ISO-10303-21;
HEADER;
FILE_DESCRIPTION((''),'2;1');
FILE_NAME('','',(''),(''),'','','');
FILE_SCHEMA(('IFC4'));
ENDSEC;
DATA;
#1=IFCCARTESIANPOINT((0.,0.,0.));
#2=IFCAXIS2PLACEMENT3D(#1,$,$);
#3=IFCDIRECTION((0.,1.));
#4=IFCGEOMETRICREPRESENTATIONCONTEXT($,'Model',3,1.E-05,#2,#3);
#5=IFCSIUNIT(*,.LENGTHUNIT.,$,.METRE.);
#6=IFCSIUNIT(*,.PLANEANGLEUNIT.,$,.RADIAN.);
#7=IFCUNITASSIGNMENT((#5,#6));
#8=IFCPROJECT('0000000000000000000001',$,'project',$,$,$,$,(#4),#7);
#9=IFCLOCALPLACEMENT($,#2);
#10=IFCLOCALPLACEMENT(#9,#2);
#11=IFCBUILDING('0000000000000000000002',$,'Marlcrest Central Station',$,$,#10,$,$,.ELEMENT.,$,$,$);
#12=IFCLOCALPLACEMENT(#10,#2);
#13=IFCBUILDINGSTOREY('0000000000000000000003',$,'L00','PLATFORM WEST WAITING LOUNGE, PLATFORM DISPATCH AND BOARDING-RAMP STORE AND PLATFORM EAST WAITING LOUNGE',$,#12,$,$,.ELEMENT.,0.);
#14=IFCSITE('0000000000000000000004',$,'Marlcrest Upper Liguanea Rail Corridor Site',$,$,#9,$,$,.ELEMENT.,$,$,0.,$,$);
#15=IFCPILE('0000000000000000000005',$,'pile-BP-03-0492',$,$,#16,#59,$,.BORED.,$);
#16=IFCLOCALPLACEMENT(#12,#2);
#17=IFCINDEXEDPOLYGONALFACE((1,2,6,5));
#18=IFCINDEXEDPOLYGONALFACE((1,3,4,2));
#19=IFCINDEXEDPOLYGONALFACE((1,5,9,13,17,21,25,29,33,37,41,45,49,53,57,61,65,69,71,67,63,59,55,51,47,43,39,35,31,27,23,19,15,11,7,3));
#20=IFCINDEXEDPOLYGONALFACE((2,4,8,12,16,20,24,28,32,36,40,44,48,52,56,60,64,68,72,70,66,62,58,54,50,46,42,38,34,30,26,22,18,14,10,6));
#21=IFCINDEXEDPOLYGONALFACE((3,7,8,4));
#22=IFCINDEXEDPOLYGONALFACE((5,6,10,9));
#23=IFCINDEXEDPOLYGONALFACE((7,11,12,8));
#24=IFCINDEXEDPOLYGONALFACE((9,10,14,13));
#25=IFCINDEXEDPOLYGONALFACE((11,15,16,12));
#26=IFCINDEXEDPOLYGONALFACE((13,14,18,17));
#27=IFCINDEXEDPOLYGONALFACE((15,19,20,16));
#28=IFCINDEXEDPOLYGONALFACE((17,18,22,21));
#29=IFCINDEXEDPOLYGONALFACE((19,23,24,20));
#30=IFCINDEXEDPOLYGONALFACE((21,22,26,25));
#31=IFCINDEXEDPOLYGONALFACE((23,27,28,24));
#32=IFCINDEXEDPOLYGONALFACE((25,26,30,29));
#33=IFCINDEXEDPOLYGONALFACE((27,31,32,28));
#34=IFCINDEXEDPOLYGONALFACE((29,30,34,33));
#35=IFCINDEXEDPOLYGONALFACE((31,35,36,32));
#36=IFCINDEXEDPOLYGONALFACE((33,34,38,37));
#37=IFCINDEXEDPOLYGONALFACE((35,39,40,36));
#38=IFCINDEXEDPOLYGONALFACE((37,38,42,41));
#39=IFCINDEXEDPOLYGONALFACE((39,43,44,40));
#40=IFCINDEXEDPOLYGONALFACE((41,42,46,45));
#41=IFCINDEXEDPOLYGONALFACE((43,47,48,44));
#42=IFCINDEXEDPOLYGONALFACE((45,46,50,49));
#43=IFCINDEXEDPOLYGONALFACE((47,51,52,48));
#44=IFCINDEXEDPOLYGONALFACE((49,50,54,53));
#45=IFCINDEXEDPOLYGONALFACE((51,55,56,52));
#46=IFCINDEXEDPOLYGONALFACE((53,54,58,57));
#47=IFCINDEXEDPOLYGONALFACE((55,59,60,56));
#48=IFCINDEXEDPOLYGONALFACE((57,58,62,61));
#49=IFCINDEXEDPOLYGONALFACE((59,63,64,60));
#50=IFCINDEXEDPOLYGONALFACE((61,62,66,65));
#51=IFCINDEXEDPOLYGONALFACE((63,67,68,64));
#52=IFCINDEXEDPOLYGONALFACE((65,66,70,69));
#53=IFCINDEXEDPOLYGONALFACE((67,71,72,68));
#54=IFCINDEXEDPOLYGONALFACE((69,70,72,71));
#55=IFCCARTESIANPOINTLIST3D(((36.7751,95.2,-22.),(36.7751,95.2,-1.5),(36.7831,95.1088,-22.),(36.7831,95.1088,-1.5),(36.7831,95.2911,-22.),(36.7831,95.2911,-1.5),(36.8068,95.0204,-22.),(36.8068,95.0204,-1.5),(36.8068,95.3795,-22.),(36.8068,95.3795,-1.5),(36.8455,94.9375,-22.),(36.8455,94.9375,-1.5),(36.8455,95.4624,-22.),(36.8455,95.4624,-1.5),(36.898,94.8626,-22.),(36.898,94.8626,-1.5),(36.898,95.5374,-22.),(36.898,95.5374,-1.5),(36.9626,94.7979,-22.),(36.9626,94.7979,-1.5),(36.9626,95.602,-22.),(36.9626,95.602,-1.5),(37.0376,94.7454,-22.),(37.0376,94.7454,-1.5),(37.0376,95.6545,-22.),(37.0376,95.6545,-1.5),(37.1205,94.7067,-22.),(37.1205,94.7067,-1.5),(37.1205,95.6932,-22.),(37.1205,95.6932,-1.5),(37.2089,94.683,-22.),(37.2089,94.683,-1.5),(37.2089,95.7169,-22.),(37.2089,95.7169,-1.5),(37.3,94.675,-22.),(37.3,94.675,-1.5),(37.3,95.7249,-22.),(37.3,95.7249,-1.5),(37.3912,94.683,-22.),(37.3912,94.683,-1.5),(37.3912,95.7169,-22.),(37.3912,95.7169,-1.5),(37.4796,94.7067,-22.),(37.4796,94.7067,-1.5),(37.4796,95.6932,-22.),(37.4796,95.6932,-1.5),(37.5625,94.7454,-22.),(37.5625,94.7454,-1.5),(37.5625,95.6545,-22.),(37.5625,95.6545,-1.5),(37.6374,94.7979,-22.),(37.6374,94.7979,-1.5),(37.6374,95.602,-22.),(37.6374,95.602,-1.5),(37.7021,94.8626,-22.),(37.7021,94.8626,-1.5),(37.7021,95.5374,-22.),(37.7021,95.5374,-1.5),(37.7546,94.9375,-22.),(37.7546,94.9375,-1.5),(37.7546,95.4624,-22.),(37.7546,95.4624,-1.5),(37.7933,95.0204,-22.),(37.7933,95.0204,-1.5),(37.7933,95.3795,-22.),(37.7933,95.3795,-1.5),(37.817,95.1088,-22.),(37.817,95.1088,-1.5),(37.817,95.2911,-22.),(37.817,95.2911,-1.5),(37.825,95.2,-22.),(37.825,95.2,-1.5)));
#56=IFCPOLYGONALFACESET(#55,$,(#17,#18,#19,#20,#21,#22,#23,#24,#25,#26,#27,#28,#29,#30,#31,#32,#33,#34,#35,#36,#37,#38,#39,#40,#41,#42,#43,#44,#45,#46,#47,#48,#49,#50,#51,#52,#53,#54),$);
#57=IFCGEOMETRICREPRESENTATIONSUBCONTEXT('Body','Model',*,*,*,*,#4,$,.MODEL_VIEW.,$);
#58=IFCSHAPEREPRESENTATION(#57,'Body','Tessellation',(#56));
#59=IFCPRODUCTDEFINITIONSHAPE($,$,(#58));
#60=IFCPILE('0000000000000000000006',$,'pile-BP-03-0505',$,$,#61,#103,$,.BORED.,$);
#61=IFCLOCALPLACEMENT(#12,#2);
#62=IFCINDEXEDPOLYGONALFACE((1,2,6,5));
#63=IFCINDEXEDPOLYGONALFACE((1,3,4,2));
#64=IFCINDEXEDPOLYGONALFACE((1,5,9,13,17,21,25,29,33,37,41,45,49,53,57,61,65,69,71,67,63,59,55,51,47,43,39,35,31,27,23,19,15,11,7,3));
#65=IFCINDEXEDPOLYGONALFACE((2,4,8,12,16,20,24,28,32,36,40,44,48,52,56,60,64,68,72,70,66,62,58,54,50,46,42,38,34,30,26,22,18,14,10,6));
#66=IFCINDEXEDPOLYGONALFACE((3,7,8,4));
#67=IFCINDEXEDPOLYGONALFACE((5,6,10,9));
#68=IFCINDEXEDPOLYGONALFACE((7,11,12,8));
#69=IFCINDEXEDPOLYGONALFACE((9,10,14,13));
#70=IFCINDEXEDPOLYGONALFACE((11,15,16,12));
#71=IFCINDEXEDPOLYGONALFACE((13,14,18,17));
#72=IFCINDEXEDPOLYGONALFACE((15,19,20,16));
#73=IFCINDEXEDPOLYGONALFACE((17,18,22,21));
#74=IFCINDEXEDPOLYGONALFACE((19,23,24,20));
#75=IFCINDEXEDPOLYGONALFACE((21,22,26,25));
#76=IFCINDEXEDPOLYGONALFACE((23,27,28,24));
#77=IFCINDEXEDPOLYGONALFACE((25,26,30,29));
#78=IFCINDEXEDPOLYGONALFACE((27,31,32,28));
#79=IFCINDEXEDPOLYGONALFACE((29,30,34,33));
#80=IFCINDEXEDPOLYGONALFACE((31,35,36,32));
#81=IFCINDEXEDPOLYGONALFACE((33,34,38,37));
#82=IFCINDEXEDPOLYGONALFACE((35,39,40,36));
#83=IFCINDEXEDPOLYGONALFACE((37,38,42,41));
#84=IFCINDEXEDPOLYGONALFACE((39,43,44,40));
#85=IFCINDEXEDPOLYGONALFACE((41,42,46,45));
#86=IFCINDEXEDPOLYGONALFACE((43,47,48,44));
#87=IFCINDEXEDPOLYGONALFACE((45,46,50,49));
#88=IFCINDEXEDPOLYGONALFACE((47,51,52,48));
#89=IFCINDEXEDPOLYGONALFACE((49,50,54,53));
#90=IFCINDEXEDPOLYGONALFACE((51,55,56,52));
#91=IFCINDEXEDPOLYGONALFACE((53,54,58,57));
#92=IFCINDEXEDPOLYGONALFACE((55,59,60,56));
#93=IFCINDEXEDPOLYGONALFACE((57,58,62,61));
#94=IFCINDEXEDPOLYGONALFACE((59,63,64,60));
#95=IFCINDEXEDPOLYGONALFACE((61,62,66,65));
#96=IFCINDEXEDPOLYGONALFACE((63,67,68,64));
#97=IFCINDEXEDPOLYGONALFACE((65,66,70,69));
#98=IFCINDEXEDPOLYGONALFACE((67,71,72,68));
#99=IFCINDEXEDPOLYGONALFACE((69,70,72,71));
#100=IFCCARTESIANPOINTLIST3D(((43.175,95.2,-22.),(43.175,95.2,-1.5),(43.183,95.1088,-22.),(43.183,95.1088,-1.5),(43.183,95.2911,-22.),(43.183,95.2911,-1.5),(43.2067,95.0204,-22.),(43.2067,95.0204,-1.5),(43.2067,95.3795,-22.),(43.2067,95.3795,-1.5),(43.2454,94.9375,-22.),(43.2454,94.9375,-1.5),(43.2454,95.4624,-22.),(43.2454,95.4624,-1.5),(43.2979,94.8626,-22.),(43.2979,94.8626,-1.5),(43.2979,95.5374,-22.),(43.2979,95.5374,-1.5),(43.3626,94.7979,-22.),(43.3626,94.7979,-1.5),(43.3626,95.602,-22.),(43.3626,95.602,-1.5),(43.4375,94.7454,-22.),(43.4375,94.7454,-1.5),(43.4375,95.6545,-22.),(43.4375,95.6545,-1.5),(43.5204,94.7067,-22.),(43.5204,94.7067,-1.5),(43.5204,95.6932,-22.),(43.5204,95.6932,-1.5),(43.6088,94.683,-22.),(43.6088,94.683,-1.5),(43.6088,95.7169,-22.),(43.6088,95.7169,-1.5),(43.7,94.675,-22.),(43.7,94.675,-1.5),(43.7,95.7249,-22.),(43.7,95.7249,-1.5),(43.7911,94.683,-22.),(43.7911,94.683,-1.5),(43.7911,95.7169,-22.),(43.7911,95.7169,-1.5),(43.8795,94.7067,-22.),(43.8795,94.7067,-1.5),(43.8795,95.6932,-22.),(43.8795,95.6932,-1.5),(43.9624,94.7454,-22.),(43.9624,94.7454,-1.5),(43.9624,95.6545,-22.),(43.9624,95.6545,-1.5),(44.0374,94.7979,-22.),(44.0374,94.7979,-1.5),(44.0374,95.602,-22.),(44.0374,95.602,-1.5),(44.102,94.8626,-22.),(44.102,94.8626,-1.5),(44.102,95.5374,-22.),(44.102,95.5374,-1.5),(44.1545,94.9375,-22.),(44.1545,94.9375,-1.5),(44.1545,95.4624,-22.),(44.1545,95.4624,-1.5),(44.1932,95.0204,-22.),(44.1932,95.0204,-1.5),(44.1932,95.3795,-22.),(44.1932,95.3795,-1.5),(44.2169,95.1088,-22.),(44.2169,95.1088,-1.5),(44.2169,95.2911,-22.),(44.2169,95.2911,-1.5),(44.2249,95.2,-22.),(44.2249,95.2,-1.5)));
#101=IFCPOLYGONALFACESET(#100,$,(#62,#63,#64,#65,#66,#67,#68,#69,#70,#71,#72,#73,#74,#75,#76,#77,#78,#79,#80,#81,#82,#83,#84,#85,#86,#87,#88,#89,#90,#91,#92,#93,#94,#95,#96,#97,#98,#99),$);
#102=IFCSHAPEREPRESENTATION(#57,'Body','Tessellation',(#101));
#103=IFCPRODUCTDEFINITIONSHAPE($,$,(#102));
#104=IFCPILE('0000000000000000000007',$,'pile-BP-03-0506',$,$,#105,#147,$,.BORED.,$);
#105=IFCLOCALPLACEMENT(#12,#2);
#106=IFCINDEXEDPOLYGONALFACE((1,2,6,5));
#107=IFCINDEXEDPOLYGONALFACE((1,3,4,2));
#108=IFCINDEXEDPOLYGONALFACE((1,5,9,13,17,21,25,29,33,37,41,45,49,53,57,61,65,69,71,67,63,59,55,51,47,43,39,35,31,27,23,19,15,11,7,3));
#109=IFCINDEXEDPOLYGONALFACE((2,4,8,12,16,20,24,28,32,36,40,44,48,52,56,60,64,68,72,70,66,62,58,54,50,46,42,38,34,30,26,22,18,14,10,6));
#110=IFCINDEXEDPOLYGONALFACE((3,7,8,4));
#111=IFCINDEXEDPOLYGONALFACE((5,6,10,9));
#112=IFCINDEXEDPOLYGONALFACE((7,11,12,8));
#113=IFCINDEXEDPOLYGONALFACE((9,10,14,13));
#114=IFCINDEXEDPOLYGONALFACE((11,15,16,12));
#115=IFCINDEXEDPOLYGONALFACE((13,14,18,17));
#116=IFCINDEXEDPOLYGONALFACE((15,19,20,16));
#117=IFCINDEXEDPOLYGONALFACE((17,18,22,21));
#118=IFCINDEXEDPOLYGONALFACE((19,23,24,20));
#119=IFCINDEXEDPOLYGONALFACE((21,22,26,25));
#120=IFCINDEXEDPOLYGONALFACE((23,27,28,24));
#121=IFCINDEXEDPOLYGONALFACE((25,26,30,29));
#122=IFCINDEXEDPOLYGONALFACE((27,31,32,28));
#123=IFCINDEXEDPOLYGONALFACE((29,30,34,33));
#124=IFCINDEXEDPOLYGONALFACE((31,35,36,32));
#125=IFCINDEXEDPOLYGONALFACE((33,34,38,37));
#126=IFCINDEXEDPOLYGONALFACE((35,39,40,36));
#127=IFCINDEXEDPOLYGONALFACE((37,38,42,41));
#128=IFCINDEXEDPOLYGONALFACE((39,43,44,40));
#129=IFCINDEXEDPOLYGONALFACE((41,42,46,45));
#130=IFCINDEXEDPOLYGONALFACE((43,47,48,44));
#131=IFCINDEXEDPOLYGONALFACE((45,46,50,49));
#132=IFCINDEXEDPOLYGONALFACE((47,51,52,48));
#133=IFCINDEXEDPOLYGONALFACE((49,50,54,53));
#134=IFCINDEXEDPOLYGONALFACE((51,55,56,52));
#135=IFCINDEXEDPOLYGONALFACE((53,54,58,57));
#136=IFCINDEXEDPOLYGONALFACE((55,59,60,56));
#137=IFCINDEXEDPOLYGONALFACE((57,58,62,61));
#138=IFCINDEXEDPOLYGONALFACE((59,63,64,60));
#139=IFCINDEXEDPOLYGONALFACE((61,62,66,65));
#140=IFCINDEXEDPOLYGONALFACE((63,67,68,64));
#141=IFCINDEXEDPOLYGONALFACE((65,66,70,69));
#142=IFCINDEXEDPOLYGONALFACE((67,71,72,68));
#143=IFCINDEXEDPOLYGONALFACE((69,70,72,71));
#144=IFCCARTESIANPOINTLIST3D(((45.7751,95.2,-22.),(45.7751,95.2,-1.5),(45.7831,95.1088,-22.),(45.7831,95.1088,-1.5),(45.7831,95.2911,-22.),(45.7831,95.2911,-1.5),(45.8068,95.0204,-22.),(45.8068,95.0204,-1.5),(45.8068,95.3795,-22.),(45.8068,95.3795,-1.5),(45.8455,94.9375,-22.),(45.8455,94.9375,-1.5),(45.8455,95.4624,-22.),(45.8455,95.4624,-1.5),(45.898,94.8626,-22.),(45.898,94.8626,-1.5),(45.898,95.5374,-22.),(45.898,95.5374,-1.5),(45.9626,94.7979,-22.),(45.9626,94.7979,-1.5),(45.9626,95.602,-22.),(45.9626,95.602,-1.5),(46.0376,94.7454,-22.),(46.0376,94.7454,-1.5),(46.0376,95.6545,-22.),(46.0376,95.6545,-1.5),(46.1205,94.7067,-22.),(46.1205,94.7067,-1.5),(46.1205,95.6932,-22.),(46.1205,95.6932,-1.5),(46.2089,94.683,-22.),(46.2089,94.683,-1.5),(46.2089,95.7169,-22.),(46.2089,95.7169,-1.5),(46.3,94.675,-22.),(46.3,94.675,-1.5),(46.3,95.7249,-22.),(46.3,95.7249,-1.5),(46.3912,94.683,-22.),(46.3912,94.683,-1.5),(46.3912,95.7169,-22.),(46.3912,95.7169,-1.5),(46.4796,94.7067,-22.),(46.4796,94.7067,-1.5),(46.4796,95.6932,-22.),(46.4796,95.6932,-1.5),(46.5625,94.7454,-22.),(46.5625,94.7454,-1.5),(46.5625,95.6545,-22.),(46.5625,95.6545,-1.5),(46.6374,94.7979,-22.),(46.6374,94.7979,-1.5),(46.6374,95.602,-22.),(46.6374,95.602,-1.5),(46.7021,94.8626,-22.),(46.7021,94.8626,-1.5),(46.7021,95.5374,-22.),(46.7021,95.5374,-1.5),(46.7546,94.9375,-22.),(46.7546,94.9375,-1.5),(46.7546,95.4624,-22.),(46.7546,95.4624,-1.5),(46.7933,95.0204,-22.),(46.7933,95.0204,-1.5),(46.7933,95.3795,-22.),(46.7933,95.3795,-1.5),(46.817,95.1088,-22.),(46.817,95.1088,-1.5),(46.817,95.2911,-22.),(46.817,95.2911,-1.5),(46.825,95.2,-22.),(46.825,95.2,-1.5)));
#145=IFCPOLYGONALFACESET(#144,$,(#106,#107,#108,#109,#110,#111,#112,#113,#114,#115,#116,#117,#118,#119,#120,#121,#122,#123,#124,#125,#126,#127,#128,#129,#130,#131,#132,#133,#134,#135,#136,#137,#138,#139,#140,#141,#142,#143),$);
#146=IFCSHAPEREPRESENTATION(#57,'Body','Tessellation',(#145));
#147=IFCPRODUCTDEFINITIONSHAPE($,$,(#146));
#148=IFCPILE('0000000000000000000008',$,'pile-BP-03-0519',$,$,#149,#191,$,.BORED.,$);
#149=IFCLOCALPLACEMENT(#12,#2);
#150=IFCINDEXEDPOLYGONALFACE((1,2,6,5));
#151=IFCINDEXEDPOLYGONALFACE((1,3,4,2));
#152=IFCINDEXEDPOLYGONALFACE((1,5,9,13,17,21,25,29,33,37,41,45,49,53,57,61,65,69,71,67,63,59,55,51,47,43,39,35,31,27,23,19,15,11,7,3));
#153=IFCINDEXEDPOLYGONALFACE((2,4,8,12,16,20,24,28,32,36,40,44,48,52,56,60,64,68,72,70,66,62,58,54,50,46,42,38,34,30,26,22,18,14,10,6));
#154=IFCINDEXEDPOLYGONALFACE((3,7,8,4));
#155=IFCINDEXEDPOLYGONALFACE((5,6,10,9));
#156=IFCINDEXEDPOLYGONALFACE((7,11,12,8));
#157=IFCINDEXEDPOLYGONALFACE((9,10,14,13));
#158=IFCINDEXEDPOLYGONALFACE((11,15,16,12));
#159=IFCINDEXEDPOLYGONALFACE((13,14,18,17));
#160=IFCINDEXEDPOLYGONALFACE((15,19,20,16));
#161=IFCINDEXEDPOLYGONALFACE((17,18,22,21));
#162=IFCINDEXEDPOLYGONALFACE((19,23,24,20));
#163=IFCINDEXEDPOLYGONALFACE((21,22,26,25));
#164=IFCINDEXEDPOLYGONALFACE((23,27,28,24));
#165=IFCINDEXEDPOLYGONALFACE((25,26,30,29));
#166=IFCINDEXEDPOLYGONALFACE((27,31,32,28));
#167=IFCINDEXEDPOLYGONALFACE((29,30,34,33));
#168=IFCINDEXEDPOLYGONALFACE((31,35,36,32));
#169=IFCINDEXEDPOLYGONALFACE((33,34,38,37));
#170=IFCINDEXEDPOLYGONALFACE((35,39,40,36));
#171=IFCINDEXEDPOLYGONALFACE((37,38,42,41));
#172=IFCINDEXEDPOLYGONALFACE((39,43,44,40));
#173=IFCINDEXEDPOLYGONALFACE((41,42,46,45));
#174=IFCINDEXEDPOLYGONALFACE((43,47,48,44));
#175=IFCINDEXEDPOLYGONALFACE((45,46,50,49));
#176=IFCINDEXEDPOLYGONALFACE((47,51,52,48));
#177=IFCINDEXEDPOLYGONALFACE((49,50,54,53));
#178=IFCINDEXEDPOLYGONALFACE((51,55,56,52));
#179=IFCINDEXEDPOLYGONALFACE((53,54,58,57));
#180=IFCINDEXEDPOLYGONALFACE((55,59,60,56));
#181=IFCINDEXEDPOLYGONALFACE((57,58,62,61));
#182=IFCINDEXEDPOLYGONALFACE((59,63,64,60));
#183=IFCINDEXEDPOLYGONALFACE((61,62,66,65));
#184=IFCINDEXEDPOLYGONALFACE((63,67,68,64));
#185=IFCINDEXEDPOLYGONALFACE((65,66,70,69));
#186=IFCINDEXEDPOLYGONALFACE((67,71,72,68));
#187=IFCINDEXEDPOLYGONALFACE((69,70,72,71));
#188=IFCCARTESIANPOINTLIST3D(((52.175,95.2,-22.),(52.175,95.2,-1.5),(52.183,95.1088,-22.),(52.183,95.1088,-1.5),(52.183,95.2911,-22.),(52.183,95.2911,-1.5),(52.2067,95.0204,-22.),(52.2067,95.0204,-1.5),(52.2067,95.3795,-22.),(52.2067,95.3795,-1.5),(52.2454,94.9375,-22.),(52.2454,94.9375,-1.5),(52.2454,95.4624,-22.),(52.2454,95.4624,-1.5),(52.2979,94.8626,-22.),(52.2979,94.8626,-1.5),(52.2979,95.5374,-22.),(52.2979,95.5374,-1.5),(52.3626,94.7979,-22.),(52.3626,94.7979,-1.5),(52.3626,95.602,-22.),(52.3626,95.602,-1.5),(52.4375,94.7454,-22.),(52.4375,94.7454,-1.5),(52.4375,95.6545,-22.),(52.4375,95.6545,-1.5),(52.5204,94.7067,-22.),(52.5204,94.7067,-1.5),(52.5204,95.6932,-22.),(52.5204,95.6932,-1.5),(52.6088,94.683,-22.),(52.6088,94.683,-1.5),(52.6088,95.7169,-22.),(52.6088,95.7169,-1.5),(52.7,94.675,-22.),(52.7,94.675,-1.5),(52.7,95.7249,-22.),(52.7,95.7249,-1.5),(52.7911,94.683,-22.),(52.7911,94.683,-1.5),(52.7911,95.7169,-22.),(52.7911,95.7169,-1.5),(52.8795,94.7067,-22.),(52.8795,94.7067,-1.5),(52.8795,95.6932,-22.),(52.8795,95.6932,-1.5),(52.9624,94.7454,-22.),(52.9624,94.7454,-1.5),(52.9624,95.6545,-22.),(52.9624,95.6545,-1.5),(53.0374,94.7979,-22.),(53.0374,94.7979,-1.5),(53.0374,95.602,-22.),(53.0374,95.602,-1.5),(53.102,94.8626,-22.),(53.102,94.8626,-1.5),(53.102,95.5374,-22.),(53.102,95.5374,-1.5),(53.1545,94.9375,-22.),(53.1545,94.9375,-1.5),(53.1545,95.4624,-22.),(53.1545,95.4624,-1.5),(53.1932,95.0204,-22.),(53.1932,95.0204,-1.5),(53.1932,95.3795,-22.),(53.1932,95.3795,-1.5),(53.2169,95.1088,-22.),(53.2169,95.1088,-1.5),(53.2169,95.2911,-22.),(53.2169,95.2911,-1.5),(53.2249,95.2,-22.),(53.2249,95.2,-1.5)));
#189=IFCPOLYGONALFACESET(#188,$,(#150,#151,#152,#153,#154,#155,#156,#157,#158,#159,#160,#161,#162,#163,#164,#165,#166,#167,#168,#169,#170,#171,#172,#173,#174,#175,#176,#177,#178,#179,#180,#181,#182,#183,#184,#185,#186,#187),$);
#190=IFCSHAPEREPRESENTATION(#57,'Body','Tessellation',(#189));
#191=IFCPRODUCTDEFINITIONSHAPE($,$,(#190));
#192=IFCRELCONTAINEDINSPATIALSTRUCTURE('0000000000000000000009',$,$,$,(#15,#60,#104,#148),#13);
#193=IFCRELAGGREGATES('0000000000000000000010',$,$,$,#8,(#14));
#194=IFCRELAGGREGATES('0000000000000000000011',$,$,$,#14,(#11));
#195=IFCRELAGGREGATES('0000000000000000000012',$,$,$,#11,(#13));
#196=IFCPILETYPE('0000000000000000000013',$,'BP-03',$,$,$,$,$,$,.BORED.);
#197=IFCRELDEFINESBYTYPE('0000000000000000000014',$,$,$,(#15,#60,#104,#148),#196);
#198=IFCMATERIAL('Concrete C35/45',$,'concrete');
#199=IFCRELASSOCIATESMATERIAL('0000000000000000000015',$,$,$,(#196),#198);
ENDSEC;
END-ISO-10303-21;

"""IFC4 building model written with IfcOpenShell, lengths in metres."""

from ifc_helpers import new_model, si_unit, direction, frame, origin, origin_2d, place, context, subcontext, project, spatial, circle, extrude, material, material_profile, profile_set, type_object, element, save


model = new_model("IFC4")

# Units and contexts
model_context = context("Model", 3, precision=1e-05, world=origin(), true_north=direction((0.0, 1.0)))
body_context = subcontext(model_context, "Body", "Model", "MODEL_VIEW")
ifc_project = project(units=[si_unit("LENGTHUNIT", "METRE"), si_unit("PLANEANGLEUNIT", "RADIAN")], contexts=[model_context])

# Site, building, storey
site_placement = place(None, origin())
site = spatial("IfcSite", under=ifc_project, at=site_placement, Name="Marlcrest Upper Liguanea Rail Corridor Site", CompositionType="ELEMENT", RefElevation=0.0)
building_placement = place(site_placement, origin())
building = spatial("IfcBuilding", under=site, at=building_placement, Name="Marlcrest Central Station", CompositionType="ELEMENT")
storey_placement = place(building_placement, origin())
storey = spatial("IfcBuildingStorey", under=building, at=storey_placement, Name="L00", Description="PLATFORM WEST WAITING LOUNGE, PLATFORM DISPATCH AND BOARDING-RAMP STORE AND PLATFORM EAST WAITING LOUNGE", CompositionType="ELEMENT", Elevation=0.0)

# Piles
ifc_material_1 = material(Name="Concrete C35/45", Category="concrete")
ifc_material_profile_1 = material_profile(ifc_material_1, circle(Radius=0.5249, at=origin_2d()), Name="PILE D1050")
ifc_profile_set_1 = profile_set([ifc_material_profile_1], Name="Concrete C35/45")
pile_type_1 = type_object("IfcPileType", Name="BP-03", PredefinedType="BORED", material=ifc_profile_set_1)
for number, where, z_axis, x_axis, name in (
    (1, (37.3, 95.2, -1.5), (0.0, 0.0, -1.0), (1.0, 0.0, 0.0), "pile-BP-03-0492"),
    (2, (43.7, 95.2, -1.5), (0.0, 0.0, -1.0), (1.0, 0.0, 0.0), "pile-BP-03-0505"),
    (3, (46.3, 95.2, -1.5), (0.0, 0.0, -1.0), (1.0, 0.0, 0.0), "pile-BP-03-0506"),
    (4, (52.7, 95.2, -1.5), (0.0, 0.0, -1.0), (1.0, 0.0, 0.0), "pile-BP-03-0519"),
):
    element("IfcPile", number, at=place(storey_placement, frame(where, z_axis=z_axis, x_axis=x_axis)), inside=storey, type_object=pile_type_1, Name=name, PredefinedType="BORED", context=body_context, shape_type="SweptSolid", body=[
        extrude(circle(Radius=0.5249, at=origin_2d()), origin(), (0.0, 0.0, 1.0), 20.5),
    ])

save(model, "model.ifc")
